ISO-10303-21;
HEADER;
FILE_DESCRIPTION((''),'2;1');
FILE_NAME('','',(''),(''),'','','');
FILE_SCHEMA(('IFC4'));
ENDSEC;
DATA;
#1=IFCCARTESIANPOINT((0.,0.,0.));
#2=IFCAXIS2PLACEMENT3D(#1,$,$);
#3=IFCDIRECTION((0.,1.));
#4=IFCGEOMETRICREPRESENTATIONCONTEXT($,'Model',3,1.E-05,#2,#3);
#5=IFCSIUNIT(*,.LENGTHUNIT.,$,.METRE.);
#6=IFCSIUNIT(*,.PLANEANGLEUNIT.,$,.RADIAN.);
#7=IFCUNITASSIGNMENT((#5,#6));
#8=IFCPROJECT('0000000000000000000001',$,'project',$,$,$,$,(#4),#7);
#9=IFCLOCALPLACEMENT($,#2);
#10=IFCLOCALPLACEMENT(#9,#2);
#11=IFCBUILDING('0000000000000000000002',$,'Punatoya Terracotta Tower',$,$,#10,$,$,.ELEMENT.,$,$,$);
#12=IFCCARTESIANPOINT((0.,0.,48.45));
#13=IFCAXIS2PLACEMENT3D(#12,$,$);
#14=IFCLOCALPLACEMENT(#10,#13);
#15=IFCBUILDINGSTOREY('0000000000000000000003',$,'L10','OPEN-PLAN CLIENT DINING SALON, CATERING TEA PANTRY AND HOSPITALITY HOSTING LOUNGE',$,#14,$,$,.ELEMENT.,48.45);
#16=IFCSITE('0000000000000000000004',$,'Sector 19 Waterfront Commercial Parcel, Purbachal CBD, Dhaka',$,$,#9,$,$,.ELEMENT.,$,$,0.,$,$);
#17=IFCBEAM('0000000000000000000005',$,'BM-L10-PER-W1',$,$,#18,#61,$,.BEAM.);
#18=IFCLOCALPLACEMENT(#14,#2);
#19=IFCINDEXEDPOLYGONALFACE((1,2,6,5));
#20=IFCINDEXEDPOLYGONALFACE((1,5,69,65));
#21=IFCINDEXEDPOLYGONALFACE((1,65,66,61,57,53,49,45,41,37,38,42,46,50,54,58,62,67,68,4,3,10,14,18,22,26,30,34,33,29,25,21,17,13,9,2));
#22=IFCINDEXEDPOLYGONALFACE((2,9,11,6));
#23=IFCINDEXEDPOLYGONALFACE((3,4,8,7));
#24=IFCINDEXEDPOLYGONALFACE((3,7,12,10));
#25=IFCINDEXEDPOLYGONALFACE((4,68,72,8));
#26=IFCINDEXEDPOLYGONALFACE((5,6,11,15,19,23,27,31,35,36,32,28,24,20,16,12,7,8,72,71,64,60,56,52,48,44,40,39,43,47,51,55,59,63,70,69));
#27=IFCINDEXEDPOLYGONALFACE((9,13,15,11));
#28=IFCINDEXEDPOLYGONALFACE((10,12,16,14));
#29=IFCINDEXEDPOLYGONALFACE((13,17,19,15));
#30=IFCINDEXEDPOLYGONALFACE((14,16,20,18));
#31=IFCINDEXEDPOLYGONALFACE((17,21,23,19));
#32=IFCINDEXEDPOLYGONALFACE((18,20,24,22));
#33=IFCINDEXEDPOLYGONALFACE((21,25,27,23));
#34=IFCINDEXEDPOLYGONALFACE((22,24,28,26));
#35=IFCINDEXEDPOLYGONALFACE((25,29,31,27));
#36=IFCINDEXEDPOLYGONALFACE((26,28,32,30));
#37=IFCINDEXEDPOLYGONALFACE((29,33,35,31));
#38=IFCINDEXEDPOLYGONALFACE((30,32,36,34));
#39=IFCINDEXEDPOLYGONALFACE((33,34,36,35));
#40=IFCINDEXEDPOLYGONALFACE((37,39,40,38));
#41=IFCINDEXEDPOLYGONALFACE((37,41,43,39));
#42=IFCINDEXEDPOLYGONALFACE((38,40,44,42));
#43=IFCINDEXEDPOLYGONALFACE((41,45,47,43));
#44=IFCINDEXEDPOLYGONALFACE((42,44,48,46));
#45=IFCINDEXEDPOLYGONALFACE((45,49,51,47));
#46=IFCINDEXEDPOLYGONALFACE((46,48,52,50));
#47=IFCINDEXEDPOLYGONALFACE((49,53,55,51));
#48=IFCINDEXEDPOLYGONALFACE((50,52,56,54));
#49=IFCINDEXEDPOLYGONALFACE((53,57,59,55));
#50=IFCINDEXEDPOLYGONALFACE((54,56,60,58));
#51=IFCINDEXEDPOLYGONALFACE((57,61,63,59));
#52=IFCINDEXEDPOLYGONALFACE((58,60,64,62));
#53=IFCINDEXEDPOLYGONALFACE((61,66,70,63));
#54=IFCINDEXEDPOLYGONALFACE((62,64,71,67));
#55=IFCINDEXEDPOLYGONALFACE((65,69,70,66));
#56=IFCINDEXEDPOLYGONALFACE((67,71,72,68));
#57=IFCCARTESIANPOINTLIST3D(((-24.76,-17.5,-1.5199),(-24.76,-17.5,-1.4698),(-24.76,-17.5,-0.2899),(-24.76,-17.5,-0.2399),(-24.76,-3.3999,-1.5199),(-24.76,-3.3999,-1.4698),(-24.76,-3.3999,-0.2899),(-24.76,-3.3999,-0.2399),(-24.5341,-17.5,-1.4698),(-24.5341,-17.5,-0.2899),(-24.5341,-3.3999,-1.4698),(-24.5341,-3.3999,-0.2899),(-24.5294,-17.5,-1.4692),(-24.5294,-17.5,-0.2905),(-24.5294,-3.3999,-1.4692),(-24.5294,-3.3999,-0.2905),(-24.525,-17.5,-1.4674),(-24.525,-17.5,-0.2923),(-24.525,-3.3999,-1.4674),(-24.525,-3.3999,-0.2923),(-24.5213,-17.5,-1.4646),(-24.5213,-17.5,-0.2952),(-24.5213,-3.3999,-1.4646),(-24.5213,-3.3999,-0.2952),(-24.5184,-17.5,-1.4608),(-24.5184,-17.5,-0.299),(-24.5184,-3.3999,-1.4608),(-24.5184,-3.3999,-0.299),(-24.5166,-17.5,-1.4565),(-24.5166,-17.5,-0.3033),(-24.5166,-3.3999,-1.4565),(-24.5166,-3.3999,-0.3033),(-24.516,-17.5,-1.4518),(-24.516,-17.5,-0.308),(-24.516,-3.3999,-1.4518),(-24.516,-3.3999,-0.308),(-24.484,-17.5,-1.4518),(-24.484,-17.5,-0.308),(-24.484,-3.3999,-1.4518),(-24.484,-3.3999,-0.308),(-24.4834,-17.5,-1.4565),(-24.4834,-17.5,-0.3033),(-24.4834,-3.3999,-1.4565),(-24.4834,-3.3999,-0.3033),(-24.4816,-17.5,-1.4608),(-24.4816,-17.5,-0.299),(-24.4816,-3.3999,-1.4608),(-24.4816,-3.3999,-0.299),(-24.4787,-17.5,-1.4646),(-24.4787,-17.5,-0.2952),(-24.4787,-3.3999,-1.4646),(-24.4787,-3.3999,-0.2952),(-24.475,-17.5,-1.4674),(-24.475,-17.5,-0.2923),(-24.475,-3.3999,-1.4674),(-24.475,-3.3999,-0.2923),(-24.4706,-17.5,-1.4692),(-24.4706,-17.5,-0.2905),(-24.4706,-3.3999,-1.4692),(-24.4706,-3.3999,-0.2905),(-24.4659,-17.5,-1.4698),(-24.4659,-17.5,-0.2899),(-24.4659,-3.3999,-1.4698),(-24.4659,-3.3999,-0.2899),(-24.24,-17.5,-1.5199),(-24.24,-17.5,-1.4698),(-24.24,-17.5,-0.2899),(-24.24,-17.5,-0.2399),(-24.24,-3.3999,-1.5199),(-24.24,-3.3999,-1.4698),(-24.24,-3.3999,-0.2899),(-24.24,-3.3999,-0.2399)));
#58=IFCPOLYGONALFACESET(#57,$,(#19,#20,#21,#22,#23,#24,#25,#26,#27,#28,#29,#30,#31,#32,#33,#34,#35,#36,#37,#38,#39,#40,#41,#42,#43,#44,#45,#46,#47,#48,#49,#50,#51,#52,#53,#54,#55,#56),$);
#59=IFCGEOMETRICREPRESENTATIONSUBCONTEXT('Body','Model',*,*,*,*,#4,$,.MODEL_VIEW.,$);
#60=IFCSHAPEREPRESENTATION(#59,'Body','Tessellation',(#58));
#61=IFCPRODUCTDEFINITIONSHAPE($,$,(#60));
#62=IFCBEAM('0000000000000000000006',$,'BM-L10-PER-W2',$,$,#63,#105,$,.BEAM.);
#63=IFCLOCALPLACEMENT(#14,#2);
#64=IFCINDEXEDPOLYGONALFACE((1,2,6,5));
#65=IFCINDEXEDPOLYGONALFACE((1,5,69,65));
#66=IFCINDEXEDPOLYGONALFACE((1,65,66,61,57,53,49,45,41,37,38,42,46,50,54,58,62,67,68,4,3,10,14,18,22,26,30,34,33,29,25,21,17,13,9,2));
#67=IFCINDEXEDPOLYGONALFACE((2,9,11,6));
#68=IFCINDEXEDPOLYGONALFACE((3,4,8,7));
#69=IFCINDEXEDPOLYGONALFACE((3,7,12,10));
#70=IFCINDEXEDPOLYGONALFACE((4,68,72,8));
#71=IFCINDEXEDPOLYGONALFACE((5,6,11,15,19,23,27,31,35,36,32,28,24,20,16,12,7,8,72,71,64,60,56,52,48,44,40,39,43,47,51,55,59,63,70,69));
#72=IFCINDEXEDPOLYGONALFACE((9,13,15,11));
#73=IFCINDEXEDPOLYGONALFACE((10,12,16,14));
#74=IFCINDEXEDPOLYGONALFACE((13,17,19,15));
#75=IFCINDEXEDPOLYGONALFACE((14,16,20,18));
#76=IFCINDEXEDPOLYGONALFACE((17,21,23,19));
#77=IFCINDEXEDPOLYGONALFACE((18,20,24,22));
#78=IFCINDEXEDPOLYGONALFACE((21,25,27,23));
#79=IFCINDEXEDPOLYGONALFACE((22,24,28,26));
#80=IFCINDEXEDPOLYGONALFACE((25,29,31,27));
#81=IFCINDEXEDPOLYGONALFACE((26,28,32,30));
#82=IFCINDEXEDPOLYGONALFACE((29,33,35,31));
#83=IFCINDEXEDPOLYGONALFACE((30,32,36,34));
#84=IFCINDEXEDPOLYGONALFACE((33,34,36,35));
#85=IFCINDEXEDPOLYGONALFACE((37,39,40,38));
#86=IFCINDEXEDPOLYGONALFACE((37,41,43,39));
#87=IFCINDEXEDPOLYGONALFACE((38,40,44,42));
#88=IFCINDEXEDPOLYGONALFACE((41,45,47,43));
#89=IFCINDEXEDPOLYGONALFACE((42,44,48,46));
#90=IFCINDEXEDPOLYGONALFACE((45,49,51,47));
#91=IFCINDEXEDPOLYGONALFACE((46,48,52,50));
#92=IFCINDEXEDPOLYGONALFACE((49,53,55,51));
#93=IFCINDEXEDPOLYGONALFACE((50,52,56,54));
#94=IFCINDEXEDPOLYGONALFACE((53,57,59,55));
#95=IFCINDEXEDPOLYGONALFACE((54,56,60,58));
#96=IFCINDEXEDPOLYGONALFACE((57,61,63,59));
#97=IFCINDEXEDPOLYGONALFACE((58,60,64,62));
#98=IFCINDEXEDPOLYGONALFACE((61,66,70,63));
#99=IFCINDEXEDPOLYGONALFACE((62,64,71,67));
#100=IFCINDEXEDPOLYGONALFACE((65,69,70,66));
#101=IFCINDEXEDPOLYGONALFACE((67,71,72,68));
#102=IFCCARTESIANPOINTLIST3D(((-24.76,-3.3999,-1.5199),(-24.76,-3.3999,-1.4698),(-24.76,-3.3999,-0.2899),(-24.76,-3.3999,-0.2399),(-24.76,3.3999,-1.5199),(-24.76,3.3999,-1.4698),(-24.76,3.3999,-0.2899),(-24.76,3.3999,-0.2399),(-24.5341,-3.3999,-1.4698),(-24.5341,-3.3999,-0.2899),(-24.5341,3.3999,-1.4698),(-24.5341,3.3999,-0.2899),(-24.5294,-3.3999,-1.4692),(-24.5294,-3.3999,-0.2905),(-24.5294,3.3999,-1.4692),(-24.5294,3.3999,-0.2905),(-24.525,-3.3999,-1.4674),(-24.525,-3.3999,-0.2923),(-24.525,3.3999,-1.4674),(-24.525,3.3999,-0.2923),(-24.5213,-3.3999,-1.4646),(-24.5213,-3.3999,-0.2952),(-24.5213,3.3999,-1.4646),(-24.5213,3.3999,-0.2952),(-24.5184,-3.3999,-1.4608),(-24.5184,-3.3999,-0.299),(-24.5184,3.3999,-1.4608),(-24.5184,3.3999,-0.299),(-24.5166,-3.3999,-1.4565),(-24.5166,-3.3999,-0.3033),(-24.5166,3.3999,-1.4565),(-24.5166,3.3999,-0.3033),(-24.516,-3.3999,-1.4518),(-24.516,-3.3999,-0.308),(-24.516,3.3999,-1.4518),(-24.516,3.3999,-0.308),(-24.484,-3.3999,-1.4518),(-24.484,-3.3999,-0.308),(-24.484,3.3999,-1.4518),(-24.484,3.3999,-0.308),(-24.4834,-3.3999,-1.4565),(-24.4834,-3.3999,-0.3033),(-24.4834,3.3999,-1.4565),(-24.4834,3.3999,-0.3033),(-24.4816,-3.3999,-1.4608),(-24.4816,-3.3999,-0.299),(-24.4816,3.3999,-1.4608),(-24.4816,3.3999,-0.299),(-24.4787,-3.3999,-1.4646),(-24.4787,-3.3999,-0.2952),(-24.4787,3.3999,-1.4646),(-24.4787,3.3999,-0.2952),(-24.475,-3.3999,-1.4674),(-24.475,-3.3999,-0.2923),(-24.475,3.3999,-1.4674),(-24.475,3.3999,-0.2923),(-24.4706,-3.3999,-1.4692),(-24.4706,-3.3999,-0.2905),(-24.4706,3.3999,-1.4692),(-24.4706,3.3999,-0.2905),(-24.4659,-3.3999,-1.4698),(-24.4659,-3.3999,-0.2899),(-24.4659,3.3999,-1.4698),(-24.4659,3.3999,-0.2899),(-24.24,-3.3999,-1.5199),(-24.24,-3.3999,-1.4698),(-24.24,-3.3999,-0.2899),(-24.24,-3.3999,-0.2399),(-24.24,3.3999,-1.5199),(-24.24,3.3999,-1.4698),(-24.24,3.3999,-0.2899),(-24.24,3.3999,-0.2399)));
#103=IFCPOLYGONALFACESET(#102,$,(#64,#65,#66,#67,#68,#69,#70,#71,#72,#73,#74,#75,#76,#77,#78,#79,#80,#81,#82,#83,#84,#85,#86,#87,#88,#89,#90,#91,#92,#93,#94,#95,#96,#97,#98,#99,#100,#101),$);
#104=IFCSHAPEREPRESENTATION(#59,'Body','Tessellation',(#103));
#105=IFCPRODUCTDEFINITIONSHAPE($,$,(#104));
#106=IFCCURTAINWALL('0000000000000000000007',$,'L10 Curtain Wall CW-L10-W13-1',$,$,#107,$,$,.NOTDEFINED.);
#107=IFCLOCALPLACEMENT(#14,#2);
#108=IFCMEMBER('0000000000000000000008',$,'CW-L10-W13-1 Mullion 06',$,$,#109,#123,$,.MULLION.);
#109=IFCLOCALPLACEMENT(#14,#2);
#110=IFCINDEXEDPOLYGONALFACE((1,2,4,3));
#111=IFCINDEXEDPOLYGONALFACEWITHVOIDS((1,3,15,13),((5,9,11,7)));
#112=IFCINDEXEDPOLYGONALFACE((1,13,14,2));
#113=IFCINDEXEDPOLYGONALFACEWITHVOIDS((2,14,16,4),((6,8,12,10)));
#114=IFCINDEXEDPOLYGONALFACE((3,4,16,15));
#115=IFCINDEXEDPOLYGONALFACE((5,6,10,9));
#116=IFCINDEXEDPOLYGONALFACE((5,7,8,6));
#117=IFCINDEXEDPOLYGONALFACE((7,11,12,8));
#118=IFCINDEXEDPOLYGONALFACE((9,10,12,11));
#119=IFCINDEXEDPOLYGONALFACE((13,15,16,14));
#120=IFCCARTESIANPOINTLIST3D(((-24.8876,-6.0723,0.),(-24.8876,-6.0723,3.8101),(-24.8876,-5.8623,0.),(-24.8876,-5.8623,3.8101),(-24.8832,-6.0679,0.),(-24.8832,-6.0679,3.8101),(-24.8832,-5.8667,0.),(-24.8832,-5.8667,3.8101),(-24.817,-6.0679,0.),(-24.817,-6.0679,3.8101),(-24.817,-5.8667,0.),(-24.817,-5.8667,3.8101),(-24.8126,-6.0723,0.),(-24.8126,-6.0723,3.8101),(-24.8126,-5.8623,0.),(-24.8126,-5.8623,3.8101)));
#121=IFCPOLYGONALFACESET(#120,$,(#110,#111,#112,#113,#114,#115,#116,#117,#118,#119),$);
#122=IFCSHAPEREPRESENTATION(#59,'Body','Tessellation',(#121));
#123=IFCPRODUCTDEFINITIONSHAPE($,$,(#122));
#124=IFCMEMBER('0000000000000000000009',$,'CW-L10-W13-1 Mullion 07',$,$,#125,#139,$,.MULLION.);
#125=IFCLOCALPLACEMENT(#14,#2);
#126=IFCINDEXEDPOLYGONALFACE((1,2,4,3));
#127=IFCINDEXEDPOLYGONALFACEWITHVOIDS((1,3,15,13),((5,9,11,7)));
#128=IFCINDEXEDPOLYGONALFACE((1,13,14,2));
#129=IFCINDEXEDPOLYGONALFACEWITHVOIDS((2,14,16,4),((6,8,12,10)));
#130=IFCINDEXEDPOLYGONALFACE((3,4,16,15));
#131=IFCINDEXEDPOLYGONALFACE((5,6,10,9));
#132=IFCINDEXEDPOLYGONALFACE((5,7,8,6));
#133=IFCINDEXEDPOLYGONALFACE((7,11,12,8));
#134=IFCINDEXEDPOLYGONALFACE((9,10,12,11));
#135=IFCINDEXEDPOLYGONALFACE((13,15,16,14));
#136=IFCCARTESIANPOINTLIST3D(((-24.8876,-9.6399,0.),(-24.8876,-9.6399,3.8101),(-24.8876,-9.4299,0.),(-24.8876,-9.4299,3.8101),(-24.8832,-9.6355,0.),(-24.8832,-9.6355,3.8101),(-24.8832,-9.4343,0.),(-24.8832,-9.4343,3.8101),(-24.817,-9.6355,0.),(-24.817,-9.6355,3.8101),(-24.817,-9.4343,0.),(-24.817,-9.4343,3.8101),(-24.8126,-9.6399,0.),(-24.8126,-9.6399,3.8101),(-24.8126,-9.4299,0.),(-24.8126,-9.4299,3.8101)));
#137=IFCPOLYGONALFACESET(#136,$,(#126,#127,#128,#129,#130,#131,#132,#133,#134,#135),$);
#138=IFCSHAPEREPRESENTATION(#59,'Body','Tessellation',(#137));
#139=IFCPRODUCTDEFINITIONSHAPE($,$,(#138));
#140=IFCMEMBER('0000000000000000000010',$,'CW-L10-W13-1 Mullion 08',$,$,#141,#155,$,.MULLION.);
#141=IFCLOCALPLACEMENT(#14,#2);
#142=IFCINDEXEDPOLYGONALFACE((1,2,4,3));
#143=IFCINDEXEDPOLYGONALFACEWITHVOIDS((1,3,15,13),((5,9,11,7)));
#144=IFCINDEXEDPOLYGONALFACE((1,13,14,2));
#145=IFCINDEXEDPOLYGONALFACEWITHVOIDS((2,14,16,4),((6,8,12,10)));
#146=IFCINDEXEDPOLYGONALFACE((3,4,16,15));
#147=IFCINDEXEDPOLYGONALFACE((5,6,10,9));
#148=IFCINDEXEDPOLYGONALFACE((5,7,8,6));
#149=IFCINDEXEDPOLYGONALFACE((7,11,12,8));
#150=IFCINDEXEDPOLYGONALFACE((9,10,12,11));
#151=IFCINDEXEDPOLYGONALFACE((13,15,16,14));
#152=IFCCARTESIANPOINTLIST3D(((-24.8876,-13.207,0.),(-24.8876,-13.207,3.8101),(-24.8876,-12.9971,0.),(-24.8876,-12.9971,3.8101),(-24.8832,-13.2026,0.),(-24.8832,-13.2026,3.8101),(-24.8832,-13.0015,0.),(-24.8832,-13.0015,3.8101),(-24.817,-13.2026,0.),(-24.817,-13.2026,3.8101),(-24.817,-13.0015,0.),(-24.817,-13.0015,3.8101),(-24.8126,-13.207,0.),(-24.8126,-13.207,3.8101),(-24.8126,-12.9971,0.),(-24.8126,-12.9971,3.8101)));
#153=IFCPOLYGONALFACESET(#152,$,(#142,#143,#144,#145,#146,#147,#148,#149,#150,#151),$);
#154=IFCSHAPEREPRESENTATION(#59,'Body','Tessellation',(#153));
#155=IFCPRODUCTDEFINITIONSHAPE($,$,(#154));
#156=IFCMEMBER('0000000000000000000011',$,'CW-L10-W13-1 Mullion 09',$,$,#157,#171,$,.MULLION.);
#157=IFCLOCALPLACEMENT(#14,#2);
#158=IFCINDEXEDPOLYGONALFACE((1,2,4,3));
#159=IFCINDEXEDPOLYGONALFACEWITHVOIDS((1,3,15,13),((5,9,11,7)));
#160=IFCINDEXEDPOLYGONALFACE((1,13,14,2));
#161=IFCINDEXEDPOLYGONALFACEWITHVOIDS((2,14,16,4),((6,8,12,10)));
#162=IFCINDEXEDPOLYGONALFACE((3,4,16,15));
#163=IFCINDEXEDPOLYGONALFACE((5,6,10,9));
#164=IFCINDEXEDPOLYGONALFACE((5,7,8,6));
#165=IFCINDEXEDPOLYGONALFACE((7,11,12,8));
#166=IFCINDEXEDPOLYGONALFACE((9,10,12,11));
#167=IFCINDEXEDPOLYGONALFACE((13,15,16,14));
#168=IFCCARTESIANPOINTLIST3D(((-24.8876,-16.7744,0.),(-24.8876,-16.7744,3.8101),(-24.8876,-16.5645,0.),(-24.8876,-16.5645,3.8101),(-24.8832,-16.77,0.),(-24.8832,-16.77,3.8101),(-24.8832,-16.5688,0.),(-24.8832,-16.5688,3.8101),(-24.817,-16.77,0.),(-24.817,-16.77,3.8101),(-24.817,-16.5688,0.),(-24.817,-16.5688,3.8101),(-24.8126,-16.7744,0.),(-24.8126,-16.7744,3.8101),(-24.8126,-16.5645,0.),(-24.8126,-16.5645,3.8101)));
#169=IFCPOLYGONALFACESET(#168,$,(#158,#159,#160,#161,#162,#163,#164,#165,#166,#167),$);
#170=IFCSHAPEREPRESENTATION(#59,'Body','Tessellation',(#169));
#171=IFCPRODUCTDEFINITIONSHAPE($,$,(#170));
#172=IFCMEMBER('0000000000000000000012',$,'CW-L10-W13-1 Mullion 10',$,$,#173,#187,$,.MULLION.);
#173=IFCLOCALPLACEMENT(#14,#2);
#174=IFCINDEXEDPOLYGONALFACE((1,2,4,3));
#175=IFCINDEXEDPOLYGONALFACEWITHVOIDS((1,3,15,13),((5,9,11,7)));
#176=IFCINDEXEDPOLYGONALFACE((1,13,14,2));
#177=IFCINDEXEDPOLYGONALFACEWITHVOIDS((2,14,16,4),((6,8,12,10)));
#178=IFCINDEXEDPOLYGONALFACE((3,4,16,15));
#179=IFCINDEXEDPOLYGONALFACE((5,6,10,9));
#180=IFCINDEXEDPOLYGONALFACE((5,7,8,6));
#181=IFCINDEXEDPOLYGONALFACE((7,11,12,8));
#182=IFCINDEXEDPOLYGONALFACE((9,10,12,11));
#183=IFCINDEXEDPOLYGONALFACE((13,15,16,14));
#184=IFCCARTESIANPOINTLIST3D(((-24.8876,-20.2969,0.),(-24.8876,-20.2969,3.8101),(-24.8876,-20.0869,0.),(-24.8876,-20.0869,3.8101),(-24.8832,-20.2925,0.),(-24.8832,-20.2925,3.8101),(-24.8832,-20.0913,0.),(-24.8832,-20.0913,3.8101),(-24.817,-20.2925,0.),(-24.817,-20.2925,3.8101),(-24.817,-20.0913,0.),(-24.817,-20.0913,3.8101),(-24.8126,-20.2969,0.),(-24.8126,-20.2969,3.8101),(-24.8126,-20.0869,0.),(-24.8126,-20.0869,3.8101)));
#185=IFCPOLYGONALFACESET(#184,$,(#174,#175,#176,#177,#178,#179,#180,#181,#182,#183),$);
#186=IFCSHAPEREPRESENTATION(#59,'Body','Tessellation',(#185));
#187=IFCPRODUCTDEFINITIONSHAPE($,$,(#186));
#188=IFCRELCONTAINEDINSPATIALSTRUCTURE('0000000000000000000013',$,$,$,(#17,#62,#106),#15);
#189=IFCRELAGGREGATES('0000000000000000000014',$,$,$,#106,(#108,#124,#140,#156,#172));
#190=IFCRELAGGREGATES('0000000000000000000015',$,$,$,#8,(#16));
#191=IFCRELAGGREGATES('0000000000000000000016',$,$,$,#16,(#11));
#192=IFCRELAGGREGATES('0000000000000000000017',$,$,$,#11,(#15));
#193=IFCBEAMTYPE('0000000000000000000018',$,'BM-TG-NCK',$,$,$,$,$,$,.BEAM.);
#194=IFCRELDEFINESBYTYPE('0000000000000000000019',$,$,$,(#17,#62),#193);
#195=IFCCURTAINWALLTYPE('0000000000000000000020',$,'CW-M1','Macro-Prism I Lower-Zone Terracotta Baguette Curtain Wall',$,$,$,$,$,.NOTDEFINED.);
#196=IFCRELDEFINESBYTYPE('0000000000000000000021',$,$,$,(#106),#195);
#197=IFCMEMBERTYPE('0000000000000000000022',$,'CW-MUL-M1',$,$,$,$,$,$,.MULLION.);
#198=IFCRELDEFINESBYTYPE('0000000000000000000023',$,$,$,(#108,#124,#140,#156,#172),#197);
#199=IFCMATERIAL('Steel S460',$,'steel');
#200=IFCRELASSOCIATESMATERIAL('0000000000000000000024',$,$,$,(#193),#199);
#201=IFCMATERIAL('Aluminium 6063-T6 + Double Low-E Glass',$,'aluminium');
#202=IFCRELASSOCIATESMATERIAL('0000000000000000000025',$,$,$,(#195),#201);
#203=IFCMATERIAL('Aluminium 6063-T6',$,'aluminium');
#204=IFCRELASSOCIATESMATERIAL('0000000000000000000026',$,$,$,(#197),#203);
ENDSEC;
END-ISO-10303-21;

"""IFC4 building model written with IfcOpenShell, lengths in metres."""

from ifc_helpers import new_model, si_unit, direction, frame, origin, origin_2d, place, context, subcontext, project, spatial, hollow_rectangle, i_section, extrude, material, material_profile, profile_set, type_object, element, aggregate, save


model = new_model("IFC4")

# Units and contexts
model_context = context("Model", 3, precision=1e-05, world=origin(), true_north=direction((0.0, 1.0)))
body_context = subcontext(model_context, "Body", "Model", "MODEL_VIEW")
ifc_project = project(units=[si_unit("LENGTHUNIT", "METRE"), si_unit("PLANEANGLEUNIT", "RADIAN")], contexts=[model_context])

# Site, building, storey
site_placement = place(None, origin())
site = spatial("IfcSite", under=ifc_project, at=site_placement, Name="Sector 19 Waterfront Commercial Parcel, Purbachal CBD, Dhaka", CompositionType="ELEMENT", RefElevation=0.0)
building_placement = place(site_placement, origin())
building = spatial("IfcBuilding", under=site, at=building_placement, Name="Punatoya Terracotta Tower", CompositionType="ELEMENT")
storey_placement = place(building_placement, frame((0.0, 0.0, 48.45)))
storey = spatial("IfcBuildingStorey", under=building, at=storey_placement, Name="L10", Description="OPEN-PLAN CLIENT DINING SALON, CATERING TEA PANTRY AND HOSPITALITY HOSTING LOUNGE", CompositionType="ELEMENT", Elevation=48.45)

# Shared definitions
ifc_material_1 = material(Name="Steel S460", Category="steel")

# Beams
ifc_material_profile_1 = material_profile(ifc_material_1, i_section(OverallWidth=0.52, OverallDepth=1.28, WebThickness=0.032, FlangeThickness=0.05, FilletRadius=0.0181, at=origin_2d()))
ifc_profile_set_1 = profile_set([ifc_material_profile_1], Name="Steel S460")
beam_type_1 = type_object("IfcBeamType", Name="BM-TG-NCK", PredefinedType="BEAM", material=ifc_profile_set_1)
beam_1_placement = place(storey_placement, frame((-24.5, -17.5, -0.8799), z_axis=(0.0, 1.0, 0.0), x_axis=(-1.0, 0.0, 0.0)))
element("IfcBeam", 1, at=beam_1_placement, inside=storey, type_object=beam_type_1, Name="BM-L10-PER-W1", PredefinedType="BEAM", context=body_context, shape_type="SweptSolid", body=[
    extrude(i_section(OverallWidth=0.52, OverallDepth=1.28, WebThickness=0.032, FlangeThickness=0.05, FilletRadius=0.0181, at=origin_2d()), origin(), (0.0, 0.0, 1.0), 14.1001),
])
beam_2_placement = place(storey_placement, frame((-24.5, -3.3999, -0.8799), z_axis=(0.0, 1.0, 0.0), x_axis=(-1.0, 0.0, 0.0)))
element("IfcBeam", 2, at=beam_2_placement, inside=storey, type_object=beam_type_1, Name="BM-L10-PER-W2", PredefinedType="BEAM", context=body_context, shape_type="SweptSolid", body=[
    extrude(i_section(OverallWidth=0.52, OverallDepth=1.28, WebThickness=0.032, FlangeThickness=0.05, FilletRadius=0.0181, at=origin_2d()), origin(), (0.0, 0.0, 1.0), 6.7998),
])

# Curtain wall, members
ifc_material_2 = material(Name="Aluminium 6063-T6 + Double Low-E Glass", Category="aluminium")
curtain_wall_type = type_object("IfcCurtainWallType", Name="CW-M1", Description="Macro-Prism I Lower-Zone Terracotta Baguette Curtain Wall", PredefinedType="NOTDEFINED", material=ifc_material_2)
curtain_wall_1_placement = place(storey_placement, origin())
curtain_wall_1 = element("IfcCurtainWall", 3, at=curtain_wall_1_placement, inside=storey, type_object=curtain_wall_type, Name="L10 Curtain Wall CW-L10-W13-1", PredefinedType="NOTDEFINED")
ifc_material_3 = material(Name="Aluminium 6063-T6", Category="aluminium")
ifc_material_profile_2 = material_profile(ifc_material_3, hollow_rectangle(XDim=0.075, YDim=0.21, WallThickness=0.0044, at=origin_2d()))
ifc_profile_set_2 = profile_set([ifc_material_profile_2], Name="Aluminium 6063-T6")
member_type_1 = type_object("IfcMemberType", Name="CW-MUL-M1", PredefinedType="MULLION", material=ifc_profile_set_2)
member_1_placement = place(storey_placement, frame((-24.8501, -5.9673, 0.0), z_axis=(0.0, 0.0, 1.0), x_axis=(1.0, 0.0, 0.0)))
member_1 = element("IfcMember", 4, at=member_1_placement, type_object=member_type_1, Name="CW-L10-W13-1 Mullion 06", PredefinedType="MULLION", context=body_context, shape_type="SweptSolid", body=[
    extrude(hollow_rectangle(XDim=0.075, YDim=0.21, WallThickness=0.0044, at=origin_2d()), origin(), (0.0, 0.0, 1.0), 3.8101),
])
member_2_placement = place(storey_placement, frame((-24.8501, -9.5349, 0.0), z_axis=(0.0, 0.0, 1.0), x_axis=(1.0, 0.0, 0.0)))
member_2 = element("IfcMember", 5, at=member_2_placement, type_object=member_type_1, Name="CW-L10-W13-1 Mullion 07", PredefinedType="MULLION", context=body_context, shape_type="SweptSolid", body=[
    extrude(hollow_rectangle(XDim=0.075, YDim=0.21, WallThickness=0.0044, at=origin_2d()), origin(), (0.0, 0.0, 1.0), 3.8101),
])
member_3_placement = place(storey_placement, frame((-24.8501, -13.1021, 0.0), z_axis=(0.0, 0.0, 1.0), x_axis=(1.0, 0.0, 0.0)))
member_3 = element("IfcMember", 6, at=member_3_placement, type_object=member_type_1, Name="CW-L10-W13-1 Mullion 08", PredefinedType="MULLION", context=body_context, shape_type="SweptSolid", body=[
    extrude(hollow_rectangle(XDim=0.075, YDim=0.21, WallThickness=0.0044, at=origin_2d()), origin(), (0.0, 0.0, 1.0), 3.8101),
])
member_4_placement = place(storey_placement, frame((-24.8501, -16.6694, 0.0), z_axis=(0.0, 0.0, 1.0), x_axis=(1.0, 0.0, 0.0)))
member_4 = element("IfcMember", 7, at=member_4_placement, type_object=member_type_1, Name="CW-L10-W13-1 Mullion 09", PredefinedType="MULLION", context=body_context, shape_type="SweptSolid", body=[
    extrude(hollow_rectangle(XDim=0.075, YDim=0.21, WallThickness=0.0044, at=origin_2d()), origin(), (0.0, 0.0, 1.0), 3.8101),
])
member_5_placement = place(storey_placement, frame((-24.8501, -20.1919, 0.0), z_axis=(0.0, 0.0, 1.0), x_axis=(1.0, 0.0, 0.0)))
member_5 = element("IfcMember", 8, at=member_5_placement, type_object=member_type_1, Name="CW-L10-W13-1 Mullion 10", PredefinedType="MULLION", context=body_context, shape_type="SweptSolid", body=[
    extrude(hollow_rectangle(XDim=0.075, YDim=0.21, WallThickness=0.0044, at=origin_2d()), origin(), (0.0, 0.0, 1.0), 3.8101),
])

aggregate(curtain_wall_1, [member_1, member_2, member_3, member_4, member_5])

save(model, "model.ifc")
